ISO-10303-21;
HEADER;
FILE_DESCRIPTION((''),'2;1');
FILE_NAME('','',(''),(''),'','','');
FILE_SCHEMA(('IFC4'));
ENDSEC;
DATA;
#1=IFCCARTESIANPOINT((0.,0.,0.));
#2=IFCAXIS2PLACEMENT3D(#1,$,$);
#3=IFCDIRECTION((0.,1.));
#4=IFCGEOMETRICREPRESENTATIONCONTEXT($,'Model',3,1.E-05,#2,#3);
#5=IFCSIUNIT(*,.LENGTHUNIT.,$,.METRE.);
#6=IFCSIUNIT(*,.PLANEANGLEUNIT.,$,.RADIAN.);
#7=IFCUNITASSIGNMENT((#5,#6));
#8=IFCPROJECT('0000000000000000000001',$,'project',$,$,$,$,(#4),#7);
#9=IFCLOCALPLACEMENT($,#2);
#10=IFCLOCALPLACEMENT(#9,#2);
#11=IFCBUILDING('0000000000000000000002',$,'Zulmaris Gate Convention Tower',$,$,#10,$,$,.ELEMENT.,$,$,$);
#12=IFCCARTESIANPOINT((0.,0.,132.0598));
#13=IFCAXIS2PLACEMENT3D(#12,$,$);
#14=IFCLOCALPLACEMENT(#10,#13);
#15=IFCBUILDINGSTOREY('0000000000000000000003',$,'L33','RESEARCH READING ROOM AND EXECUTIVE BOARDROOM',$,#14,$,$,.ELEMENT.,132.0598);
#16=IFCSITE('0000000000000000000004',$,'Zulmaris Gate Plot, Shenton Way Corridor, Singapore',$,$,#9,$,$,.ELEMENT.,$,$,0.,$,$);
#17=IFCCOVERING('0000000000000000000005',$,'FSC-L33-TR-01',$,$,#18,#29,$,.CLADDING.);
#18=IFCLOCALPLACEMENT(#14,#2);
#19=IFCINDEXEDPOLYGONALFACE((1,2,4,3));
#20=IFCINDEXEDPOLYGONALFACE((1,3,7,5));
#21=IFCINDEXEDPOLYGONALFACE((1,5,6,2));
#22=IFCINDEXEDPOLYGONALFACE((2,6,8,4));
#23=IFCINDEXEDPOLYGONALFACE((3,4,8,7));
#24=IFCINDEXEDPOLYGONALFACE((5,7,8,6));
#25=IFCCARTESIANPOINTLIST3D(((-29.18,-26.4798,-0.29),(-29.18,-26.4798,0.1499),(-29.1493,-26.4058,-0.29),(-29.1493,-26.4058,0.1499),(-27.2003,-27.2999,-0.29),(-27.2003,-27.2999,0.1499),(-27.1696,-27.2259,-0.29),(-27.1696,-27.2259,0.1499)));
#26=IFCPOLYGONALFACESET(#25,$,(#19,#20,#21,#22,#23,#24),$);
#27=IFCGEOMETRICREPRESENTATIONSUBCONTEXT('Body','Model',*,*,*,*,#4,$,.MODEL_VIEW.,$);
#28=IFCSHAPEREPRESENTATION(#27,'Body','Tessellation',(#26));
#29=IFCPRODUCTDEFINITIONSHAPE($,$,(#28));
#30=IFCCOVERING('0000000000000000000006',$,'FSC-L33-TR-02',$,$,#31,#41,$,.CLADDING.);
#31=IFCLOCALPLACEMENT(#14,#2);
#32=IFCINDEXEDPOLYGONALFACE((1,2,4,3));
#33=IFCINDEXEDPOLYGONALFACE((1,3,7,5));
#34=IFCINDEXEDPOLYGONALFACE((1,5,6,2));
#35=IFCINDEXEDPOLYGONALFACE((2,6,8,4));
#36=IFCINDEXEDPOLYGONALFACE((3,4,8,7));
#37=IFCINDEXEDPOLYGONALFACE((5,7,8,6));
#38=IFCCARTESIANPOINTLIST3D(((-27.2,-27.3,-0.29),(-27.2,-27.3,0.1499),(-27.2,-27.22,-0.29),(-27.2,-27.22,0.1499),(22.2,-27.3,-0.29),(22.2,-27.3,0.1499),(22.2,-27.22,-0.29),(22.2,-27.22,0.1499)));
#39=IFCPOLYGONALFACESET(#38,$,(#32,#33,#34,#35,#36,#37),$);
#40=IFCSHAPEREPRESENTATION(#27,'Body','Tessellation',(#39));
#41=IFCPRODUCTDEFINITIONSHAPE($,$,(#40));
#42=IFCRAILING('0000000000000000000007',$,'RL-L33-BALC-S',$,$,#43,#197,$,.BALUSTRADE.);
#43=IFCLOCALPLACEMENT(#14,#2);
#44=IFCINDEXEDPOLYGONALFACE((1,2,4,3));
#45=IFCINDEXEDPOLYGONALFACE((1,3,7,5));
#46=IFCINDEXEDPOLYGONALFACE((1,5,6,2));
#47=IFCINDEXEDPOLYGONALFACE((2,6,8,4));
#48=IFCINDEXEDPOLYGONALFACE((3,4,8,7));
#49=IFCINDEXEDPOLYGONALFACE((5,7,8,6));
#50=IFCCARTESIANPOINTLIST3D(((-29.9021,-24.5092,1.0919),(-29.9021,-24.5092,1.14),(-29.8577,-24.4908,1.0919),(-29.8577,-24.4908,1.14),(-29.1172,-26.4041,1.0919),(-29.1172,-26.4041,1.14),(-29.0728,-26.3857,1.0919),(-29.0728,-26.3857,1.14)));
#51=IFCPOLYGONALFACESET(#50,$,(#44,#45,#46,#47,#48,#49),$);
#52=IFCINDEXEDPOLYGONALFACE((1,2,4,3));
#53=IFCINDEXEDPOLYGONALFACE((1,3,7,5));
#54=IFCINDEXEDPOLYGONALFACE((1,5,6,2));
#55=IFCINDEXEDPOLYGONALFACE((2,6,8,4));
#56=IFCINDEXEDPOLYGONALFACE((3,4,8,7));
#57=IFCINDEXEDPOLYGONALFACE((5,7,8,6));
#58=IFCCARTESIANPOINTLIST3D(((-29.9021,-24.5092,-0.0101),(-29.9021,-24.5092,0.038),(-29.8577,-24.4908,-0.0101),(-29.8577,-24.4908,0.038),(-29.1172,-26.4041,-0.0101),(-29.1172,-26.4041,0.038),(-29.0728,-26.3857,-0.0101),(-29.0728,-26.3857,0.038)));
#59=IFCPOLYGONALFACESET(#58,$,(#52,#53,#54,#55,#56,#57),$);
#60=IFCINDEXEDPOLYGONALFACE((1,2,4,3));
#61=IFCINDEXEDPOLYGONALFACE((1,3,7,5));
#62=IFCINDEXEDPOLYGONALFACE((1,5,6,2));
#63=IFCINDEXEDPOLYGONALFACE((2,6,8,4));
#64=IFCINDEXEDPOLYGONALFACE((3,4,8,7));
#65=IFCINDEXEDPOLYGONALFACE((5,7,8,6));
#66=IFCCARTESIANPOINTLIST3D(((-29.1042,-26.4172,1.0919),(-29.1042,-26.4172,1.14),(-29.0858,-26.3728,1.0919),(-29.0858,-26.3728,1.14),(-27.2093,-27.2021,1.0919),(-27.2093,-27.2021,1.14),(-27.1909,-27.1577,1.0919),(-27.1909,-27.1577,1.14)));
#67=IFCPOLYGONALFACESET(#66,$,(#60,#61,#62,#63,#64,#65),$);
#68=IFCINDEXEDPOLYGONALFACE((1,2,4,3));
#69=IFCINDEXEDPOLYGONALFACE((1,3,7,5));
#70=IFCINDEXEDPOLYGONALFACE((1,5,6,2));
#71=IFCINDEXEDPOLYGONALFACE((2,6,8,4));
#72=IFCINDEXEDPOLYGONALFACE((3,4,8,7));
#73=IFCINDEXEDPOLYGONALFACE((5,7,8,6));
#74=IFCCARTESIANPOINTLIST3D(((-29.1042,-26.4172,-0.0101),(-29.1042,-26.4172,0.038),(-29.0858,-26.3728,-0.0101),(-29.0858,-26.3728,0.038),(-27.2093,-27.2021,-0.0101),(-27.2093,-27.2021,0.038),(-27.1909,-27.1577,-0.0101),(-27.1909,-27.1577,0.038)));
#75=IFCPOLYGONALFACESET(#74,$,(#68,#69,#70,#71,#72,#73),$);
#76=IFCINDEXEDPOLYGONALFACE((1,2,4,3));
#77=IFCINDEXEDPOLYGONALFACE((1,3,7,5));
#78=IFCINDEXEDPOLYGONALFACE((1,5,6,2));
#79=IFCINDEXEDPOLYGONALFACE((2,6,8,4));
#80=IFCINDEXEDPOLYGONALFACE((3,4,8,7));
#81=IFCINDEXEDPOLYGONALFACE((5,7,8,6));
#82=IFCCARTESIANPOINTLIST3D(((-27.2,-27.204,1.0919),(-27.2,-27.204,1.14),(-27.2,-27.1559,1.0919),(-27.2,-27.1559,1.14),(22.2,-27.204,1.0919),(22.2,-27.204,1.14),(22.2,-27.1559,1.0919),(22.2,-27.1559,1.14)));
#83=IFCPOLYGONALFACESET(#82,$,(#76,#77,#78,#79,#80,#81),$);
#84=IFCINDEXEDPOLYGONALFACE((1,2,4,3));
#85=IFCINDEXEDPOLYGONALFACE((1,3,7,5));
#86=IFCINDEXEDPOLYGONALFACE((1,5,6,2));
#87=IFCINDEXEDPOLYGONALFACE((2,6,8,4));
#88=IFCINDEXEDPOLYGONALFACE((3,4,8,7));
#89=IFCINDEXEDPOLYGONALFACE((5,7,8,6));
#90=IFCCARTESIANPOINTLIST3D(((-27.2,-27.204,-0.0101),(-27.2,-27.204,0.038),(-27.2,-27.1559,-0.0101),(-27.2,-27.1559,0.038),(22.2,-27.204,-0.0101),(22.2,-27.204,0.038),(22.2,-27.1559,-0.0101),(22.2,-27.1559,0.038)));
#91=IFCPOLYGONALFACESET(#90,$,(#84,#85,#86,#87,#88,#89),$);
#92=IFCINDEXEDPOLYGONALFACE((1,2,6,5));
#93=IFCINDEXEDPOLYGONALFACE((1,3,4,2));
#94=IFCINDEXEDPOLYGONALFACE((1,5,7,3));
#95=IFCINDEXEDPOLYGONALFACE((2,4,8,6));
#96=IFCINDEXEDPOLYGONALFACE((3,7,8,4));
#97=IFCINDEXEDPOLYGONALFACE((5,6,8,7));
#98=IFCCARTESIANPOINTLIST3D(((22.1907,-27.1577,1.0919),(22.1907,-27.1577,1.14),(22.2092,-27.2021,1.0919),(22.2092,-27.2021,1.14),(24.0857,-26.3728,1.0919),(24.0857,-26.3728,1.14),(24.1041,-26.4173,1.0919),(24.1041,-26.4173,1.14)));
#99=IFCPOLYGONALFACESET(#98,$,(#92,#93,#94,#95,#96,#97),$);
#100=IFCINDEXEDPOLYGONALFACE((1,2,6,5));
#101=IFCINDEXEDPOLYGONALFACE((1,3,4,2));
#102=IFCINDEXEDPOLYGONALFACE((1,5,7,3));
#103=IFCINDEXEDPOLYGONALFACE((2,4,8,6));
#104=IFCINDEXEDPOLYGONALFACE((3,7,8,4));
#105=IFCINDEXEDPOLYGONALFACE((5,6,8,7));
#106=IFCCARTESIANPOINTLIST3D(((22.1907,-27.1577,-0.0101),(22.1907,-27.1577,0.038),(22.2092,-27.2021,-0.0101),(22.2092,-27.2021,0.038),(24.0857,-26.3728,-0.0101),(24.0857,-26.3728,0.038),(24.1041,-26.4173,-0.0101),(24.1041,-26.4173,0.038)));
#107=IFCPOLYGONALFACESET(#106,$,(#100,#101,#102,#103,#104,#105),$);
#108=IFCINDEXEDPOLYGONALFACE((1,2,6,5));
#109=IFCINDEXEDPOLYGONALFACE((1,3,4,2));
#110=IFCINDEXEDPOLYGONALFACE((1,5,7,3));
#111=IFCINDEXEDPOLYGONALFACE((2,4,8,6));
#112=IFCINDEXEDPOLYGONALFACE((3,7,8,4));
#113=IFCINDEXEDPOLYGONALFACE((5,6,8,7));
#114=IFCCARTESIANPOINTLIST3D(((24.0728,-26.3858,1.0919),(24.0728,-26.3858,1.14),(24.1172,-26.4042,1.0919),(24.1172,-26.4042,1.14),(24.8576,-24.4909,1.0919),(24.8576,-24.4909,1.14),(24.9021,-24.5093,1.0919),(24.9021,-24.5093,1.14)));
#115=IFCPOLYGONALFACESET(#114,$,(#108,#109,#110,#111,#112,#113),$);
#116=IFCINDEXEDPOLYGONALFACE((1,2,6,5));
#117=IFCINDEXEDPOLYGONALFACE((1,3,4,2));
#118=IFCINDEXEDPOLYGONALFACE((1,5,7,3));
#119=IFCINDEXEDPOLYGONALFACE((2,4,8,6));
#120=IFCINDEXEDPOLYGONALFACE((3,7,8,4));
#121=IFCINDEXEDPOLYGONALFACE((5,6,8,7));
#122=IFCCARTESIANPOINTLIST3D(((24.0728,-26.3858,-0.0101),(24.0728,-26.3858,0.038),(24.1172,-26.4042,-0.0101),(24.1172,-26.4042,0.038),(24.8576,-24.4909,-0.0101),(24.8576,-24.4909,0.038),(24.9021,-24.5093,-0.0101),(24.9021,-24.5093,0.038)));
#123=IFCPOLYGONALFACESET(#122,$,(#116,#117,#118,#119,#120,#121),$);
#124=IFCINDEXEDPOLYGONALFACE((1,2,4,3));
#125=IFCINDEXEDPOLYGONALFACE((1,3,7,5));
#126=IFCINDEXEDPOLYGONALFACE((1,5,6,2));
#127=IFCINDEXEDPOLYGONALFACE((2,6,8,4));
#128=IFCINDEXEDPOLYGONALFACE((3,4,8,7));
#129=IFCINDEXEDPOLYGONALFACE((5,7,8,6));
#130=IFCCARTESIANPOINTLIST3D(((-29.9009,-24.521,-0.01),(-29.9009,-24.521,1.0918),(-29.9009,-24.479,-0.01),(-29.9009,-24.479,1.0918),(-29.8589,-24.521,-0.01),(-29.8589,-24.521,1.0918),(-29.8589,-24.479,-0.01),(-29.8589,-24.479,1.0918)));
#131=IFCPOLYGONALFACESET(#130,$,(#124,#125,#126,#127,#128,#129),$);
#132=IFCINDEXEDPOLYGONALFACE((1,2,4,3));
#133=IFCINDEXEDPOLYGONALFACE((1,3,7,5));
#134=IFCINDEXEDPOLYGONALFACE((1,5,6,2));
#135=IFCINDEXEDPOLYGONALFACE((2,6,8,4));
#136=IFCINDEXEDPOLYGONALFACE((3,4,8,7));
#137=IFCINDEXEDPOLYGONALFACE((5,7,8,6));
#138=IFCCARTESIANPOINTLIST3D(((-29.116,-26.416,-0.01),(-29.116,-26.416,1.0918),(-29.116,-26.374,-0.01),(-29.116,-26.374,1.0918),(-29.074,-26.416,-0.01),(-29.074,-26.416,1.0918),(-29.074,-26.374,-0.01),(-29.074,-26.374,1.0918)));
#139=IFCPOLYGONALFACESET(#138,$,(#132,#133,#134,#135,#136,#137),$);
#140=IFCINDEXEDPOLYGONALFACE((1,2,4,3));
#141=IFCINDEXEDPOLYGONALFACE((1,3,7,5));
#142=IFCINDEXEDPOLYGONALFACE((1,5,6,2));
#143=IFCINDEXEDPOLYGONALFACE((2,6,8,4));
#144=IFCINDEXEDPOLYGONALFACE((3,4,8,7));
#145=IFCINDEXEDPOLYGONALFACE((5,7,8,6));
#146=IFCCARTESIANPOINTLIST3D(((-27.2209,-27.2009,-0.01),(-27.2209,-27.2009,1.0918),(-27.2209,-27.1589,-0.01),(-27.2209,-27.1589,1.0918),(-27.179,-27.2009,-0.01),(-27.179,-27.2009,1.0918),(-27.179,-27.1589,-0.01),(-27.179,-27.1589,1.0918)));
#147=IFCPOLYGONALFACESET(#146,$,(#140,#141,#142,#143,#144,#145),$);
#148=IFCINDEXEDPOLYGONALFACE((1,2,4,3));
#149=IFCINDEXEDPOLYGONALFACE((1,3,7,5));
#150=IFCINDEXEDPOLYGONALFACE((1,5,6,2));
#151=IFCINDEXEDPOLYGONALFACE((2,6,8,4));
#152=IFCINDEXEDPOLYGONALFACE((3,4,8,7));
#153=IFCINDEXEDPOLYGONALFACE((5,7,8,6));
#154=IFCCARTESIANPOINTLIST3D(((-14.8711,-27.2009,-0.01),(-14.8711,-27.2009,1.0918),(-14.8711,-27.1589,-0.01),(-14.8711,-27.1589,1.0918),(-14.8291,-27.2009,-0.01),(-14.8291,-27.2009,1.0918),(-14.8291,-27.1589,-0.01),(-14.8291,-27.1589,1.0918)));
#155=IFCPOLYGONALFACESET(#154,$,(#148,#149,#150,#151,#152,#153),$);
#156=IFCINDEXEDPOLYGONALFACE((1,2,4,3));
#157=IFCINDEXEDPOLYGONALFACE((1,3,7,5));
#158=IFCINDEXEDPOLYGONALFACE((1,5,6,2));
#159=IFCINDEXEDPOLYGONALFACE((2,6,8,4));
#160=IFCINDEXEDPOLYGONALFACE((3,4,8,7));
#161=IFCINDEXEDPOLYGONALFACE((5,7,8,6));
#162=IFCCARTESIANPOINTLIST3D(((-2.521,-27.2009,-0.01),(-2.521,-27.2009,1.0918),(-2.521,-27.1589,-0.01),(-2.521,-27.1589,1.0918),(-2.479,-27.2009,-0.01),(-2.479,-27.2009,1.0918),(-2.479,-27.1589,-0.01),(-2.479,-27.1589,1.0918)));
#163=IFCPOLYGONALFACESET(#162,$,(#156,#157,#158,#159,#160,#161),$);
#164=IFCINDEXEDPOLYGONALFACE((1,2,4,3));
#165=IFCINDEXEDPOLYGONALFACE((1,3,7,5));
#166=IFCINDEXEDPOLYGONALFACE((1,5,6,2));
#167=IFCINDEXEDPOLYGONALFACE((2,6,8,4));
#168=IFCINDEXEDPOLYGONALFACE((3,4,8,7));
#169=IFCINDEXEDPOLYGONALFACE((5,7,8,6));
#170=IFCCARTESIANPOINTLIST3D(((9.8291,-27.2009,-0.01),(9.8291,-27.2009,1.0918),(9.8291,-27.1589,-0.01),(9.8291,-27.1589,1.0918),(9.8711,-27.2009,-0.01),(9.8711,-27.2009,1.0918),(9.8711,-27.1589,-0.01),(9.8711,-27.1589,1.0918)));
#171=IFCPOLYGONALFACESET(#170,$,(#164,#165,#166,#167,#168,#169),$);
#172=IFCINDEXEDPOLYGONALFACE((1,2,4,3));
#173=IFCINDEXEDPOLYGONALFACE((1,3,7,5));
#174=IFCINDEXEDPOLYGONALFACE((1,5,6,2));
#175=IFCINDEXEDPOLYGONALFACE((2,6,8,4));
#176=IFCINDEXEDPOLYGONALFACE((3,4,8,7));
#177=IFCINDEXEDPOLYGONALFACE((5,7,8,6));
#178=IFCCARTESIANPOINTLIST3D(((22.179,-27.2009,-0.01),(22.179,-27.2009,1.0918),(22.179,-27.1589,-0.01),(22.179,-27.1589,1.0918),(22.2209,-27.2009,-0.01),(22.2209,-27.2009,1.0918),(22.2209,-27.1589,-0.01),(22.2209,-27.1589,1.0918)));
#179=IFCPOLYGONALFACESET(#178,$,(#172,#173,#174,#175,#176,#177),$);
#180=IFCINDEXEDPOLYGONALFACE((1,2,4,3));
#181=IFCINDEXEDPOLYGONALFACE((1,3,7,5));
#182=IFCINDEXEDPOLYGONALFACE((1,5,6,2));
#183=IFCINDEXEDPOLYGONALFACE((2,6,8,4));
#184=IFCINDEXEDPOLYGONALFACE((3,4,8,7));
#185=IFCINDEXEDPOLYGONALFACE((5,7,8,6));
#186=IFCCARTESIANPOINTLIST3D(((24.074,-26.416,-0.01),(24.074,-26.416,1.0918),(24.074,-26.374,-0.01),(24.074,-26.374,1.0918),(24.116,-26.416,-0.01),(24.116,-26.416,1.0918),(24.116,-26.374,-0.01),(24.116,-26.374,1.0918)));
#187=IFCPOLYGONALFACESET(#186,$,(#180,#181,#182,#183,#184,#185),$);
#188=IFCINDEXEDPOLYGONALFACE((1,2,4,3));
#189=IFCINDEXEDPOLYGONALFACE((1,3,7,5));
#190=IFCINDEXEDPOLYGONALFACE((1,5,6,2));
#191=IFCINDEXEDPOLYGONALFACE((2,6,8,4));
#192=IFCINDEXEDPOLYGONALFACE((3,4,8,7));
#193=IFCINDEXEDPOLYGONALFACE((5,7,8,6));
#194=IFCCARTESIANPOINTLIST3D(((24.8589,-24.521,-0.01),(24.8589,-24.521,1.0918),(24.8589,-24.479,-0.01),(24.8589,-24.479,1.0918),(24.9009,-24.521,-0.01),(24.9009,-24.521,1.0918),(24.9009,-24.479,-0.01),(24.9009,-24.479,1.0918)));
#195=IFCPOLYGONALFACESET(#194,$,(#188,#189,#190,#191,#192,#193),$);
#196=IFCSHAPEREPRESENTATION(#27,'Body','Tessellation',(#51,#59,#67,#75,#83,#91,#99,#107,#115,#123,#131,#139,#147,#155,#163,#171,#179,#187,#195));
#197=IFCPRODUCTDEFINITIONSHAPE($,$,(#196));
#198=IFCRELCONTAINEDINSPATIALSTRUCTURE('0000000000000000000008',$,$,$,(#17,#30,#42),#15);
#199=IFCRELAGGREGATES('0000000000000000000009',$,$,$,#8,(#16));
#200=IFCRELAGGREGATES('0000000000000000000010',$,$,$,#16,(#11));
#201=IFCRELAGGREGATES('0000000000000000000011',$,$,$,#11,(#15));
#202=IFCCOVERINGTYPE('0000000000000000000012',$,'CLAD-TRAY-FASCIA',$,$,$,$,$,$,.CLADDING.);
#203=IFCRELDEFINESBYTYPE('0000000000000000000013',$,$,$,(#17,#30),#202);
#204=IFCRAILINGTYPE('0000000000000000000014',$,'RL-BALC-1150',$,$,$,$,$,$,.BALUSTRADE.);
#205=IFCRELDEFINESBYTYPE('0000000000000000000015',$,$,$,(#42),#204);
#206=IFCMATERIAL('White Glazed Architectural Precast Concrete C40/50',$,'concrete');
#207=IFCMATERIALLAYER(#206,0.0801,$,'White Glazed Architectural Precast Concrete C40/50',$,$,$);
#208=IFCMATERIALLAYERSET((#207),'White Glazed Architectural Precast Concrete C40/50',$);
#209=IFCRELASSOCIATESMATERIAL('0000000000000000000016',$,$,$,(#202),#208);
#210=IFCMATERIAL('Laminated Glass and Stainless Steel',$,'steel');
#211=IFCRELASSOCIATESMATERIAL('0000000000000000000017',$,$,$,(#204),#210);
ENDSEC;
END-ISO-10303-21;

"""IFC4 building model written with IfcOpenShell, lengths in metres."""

from ifc_helpers import new_model, si_unit, direction, frame, frame_2d, origin, origin_2d, place, context, subcontext, project, spatial, rectangle, extrude, material, layer, layer_set, type_object, element, save


model = new_model("IFC4")

# Units and contexts
model_context = context("Model", 3, precision=1e-05, world=origin(), true_north=direction((0.0, 1.0)))
body_context = subcontext(model_context, "Body", "Model", "MODEL_VIEW")
ifc_project = project(units=[si_unit("LENGTHUNIT", "METRE"), si_unit("PLANEANGLEUNIT", "RADIAN")], contexts=[model_context])

# Site, building, storey
site_placement = place(None, origin())
site = spatial("IfcSite", under=ifc_project, at=site_placement, Name="Zulmaris Gate Plot, Shenton Way Corridor, Singapore", CompositionType="ELEMENT", RefElevation=0.0)
building_placement = place(site_placement, origin())
building = spatial("IfcBuilding", under=site, at=building_placement, Name="Zulmaris Gate Convention Tower", CompositionType="ELEMENT")
storey_placement = place(building_placement, frame((0.0, 0.0, 132.0598)))
storey = spatial("IfcBuildingStorey", under=building, at=storey_placement, Name="L33", Description="RESEARCH READING ROOM AND EXECUTIVE BOARDROOM", CompositionType="ELEMENT", Elevation=132.0598)

# Coverings
ifc_material_1 = material(Name="White Glazed Architectural Precast Concrete C40/50", Category="concrete")
ifc_layer_1 = layer(ifc_material_1, 0.0801, Name="White Glazed Architectural Precast Concrete C40/50")
ifc_layer_set_1 = layer_set([ifc_layer_1], Name="White Glazed Architectural Precast Concrete C40/50")
covering_type_1 = type_object("IfcCoveringType", Name="CLAD-TRAY-FASCIA", PredefinedType="CLADDING", material=ifc_layer_set_1)
covering_1_placement = place(storey_placement, frame((-29.1646, -26.4429, -0.29), z_axis=(0.0, 0.0, 1.0), x_axis=(0.923874, -0.382697, 0.0)))
element("IfcCovering", 1, at=covering_1_placement, inside=storey, type_object=covering_type_1, Name="FSC-L33-TR-01", PredefinedType="CLADDING", context=body_context, shape_type="SweptSolid", body=[
    extrude(rectangle(XDim=2.1428, YDim=0.0801, at=frame_2d((1.0713, 0.0))), origin(), (0.0, 0.0, 1.0), 0.4399),
])
covering_2_placement = place(storey_placement, frame((-27.2, -27.26, -0.29), z_axis=(0.0, 0.0, 1.0), x_axis=(1.0, 0.0, 0.0)))
element("IfcCovering", 2, at=covering_2_placement, inside=storey, type_object=covering_type_1, Name="FSC-L33-TR-02", PredefinedType="CLADDING", context=body_context, shape_type="SweptSolid", body=[
    extrude(rectangle(XDim=49.3999, YDim=0.0801, at=frame_2d((24.7, 0.0))), origin(), (0.0, 0.0, 1.0), 0.4399),
])

# Railing
ifc_material_2 = material(Name="Laminated Glass and Stainless Steel", Category="steel")
railing_type = type_object("IfcRailingType", Name="RL-BALC-1150", PredefinedType="BALUSTRADE", material=ifc_material_2)
railing_placement = place(storey_placement, frame((-29.8799, -24.5, -0.01)))
element("IfcRailing", 3, at=railing_placement, inside=storey, type_object=railing_type, Name="RL-L33-BALC-S", PredefinedType="BALUSTRADE", context=body_context, shape_type="SweptSolid", body=[
    extrude(rectangle(XDim=0.0481, YDim=0.0481, at=origin_2d()), frame((0.0, 0.0, 1.126), z_axis=(0.382671, -0.923885, 0.0), x_axis=(0.923885, 0.382671, 0.0)), (0.0, 0.0, 1.0), 2.051),
    extrude(rectangle(XDim=0.0481, YDim=0.0481, at=origin_2d()), frame((0.0, 0.0, 0.0239), z_axis=(0.382671, -0.923885, 0.0), x_axis=(0.923885, 0.382671, 0.0)), (0.0, 0.0, 1.0), 2.051),
    extrude(rectangle(XDim=0.0481, YDim=0.0481, at=origin_2d()), frame((0.7849, -1.895, 1.126), z_axis=(0.923885, -0.382671, 0.0), x_axis=(0.382671, 0.923885, 0.0)), (0.0, 0.0, 1.0), 2.051),
    extrude(rectangle(XDim=0.0481, YDim=0.0481, at=origin_2d()), frame((0.7849, -1.895, 0.0239), z_axis=(0.923885, -0.382671, 0.0), x_axis=(0.382671, 0.923885, 0.0)), (0.0, 0.0, 1.0), 2.051),
    extrude(rectangle(XDim=0.0481, YDim=0.0481, at=origin_2d()), frame((2.6799, -2.6799, 1.126), z_axis=(1.0, 0.0, 0.0), x_axis=(0.0, 1.0, 0.0)), (0.0, 0.0, 1.0), 49.3999),
    extrude(rectangle(XDim=0.0481, YDim=0.0481, at=origin_2d()), frame((2.6799, -2.6799, 0.0239), z_axis=(1.0, 0.0, 0.0), x_axis=(0.0, 1.0, 0.0)), (0.0, 0.0, 1.0), 49.3999),
    extrude(rectangle(XDim=0.0481, YDim=0.0481, at=origin_2d()), frame((52.0798, -2.6799, 1.126), z_axis=(0.923885, 0.382671, 0.0), x_axis=(-0.382671, 0.923885, 0.0)), (0.0, 0.0, 1.0), 2.051),
    extrude(rectangle(XDim=0.0481, YDim=0.0481, at=origin_2d()), frame((52.0798, -2.6799, 0.0239), z_axis=(0.923885, 0.382671, 0.0), x_axis=(-0.382671, 0.923885, 0.0)), (0.0, 0.0, 1.0), 2.051),
    extrude(rectangle(XDim=0.0481, YDim=0.0481, at=origin_2d()), frame((53.9749, -1.895, 1.126), z_axis=(0.382671, 0.923885, 0.0), x_axis=(-0.923885, 0.382671, 0.0)), (0.0, 0.0, 1.0), 2.051),
    extrude(rectangle(XDim=0.0481, YDim=0.0481, at=origin_2d()), frame((53.9749, -1.895, 0.0239), z_axis=(0.382671, 0.923885, 0.0), x_axis=(-0.923885, 0.382671, 0.0)), (0.0, 0.0, 1.0), 2.051),
    extrude(rectangle(XDim=0.042, YDim=0.042, at=origin_2d()), origin(), (0.0, 0.0, 1.0), 1.1018),
    extrude(rectangle(XDim=0.042, YDim=0.042, at=origin_2d()), frame((0.7849, -1.895, 0.0)), (0.0, 0.0, 1.0), 1.1018),
    extrude(rectangle(XDim=0.042, YDim=0.042, at=origin_2d()), frame((2.6799, -2.6799, 0.0)), (0.0, 0.0, 1.0), 1.1018),
    extrude(rectangle(XDim=0.042, YDim=0.042, at=origin_2d()), frame((15.0298, -2.6799, 0.0)), (0.0, 0.0, 1.0), 1.1018),
    extrude(rectangle(XDim=0.042, YDim=0.042, at=origin_2d()), frame((27.3799, -2.6799, 0.0)), (0.0, 0.0, 1.0), 1.1018),
    extrude(rectangle(XDim=0.042, YDim=0.042, at=origin_2d()), frame((39.73, -2.6799, 0.0)), (0.0, 0.0, 1.0), 1.1018),
    extrude(rectangle(XDim=0.042, YDim=0.042, at=origin_2d()), frame((52.0798, -2.6799, 0.0)), (0.0, 0.0, 1.0), 1.1018),
    extrude(rectangle(XDim=0.042, YDim=0.042, at=origin_2d()), frame((53.9749, -1.895, 0.0)), (0.0, 0.0, 1.0), 1.1018),
    extrude(rectangle(XDim=0.042, YDim=0.042, at=origin_2d()), frame((54.7598, 0.0, 0.0)), (0.0, 0.0, 1.0), 1.1018),
])

save(model, "model.ifc")
